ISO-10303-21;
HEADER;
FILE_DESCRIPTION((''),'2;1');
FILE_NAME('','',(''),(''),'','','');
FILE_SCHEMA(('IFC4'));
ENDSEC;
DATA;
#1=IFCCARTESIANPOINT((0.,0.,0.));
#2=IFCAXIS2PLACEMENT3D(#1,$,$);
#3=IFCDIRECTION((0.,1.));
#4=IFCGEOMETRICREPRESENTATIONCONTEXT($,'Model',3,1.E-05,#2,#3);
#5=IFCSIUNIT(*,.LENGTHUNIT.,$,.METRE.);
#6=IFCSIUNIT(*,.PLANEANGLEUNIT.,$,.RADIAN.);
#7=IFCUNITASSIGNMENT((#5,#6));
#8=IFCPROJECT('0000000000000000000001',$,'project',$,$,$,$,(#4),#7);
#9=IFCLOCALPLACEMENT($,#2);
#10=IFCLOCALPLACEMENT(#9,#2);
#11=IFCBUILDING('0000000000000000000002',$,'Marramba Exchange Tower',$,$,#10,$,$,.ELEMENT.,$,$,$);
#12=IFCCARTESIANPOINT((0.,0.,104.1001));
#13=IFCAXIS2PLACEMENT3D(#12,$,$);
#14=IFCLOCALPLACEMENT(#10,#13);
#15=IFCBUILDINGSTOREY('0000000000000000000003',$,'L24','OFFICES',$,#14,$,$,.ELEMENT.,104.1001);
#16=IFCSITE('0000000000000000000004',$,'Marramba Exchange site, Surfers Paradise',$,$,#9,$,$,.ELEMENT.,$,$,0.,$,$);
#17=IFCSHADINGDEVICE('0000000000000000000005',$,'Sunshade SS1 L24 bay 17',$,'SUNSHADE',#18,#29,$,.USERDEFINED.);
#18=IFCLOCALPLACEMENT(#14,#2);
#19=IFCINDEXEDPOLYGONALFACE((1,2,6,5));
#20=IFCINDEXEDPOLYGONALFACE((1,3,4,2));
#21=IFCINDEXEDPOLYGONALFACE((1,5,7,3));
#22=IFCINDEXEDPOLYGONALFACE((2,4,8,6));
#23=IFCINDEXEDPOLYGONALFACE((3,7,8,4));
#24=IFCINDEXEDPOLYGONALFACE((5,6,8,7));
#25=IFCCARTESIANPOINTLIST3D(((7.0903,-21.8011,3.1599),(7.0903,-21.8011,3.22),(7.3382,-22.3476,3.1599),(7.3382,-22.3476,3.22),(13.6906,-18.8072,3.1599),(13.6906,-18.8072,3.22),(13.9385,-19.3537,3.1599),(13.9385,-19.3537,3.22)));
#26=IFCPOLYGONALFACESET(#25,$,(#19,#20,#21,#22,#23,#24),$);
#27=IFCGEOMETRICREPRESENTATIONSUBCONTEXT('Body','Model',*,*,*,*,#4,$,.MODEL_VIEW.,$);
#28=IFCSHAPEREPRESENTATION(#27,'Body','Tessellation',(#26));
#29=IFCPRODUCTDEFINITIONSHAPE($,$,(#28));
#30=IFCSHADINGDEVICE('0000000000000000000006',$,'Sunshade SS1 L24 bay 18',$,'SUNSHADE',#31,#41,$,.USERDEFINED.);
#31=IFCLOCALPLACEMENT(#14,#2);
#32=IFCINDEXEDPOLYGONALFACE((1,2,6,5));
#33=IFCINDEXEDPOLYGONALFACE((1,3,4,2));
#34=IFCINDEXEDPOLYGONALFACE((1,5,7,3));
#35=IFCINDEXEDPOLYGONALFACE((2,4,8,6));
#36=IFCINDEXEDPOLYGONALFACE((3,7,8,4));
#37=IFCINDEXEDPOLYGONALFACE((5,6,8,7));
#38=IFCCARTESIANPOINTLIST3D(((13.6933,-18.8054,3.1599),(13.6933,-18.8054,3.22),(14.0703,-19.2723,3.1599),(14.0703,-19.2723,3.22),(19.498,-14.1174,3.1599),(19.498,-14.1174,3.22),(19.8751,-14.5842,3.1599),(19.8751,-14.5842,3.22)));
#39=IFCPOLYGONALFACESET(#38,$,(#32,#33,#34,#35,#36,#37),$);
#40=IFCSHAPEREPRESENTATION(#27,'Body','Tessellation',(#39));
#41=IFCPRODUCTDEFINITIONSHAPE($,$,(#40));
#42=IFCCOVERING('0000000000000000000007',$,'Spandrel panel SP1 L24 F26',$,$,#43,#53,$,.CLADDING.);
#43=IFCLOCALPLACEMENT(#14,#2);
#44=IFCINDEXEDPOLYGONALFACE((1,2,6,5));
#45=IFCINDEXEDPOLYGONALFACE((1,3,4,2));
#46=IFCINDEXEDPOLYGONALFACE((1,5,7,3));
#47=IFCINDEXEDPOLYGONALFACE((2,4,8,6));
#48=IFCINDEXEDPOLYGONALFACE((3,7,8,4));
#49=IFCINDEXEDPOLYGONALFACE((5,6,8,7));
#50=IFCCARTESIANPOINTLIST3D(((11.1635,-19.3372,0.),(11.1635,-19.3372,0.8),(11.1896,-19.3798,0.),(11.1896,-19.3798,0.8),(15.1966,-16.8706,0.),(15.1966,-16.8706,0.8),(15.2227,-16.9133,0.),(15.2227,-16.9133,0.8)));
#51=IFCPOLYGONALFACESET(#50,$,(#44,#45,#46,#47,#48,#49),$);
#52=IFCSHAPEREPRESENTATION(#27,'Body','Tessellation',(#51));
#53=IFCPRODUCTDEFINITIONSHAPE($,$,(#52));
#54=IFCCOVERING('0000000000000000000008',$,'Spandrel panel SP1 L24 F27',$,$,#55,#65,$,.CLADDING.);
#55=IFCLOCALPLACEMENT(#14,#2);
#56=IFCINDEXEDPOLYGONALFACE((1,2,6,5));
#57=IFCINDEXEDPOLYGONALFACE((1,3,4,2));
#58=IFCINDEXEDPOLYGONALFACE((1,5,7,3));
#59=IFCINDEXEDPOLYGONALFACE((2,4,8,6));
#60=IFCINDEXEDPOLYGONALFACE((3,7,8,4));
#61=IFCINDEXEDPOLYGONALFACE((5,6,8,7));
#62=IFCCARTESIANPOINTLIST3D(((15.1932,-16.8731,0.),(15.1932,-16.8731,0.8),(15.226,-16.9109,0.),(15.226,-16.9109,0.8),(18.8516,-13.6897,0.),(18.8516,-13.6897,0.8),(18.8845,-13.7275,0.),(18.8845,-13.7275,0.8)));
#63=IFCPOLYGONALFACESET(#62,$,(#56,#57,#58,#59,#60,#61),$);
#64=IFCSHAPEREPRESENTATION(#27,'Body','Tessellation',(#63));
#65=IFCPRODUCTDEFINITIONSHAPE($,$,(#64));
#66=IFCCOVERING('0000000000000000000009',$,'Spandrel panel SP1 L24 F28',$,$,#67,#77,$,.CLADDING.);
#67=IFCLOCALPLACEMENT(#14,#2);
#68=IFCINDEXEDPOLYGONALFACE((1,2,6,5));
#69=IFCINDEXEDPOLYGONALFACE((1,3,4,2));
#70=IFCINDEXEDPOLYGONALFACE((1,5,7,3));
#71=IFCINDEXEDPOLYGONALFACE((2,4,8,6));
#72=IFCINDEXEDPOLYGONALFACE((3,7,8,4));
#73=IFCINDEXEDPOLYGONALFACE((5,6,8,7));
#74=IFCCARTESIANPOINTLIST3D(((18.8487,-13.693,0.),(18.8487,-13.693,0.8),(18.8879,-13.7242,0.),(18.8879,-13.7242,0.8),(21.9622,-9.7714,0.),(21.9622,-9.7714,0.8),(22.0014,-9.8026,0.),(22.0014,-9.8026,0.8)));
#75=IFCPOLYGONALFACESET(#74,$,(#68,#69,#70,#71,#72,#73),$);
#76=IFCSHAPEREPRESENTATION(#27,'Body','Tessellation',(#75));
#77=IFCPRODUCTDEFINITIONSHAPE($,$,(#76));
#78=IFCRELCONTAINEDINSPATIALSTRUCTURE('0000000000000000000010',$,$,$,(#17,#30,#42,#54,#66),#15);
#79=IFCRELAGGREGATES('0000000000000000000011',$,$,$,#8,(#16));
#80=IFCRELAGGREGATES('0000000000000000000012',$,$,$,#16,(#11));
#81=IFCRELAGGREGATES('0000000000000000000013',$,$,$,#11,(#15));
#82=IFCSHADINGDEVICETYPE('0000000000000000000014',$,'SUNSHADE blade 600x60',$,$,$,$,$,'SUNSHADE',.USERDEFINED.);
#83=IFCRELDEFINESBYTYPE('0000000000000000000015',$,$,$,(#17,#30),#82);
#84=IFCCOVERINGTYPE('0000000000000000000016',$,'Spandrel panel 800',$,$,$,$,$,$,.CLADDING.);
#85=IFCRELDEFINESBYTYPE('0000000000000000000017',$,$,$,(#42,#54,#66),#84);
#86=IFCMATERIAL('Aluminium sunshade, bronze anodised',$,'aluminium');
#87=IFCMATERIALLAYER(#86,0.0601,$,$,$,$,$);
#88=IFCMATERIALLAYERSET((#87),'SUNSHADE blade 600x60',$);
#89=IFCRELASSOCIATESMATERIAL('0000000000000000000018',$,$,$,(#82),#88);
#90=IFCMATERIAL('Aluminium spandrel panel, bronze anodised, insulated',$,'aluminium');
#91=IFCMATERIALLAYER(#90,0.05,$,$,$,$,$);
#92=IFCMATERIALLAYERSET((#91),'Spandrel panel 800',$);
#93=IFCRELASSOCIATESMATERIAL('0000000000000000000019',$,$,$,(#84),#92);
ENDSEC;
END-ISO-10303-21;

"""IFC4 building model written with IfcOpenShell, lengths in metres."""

from ifc_helpers import new_model, si_unit, direction, frame, origin, origin_2d, place, context, subcontext, project, spatial, rectangle, extrude, material, layer, layer_set, type_object, element, save


model = new_model("IFC4")

# Units and contexts
model_context = context("Model", 3, precision=1e-05, world=origin(), true_north=direction((0.0, 1.0)))
body_context = subcontext(model_context, "Body", "Model", "MODEL_VIEW")
ifc_project = project(units=[si_unit("LENGTHUNIT", "METRE"), si_unit("PLANEANGLEUNIT", "RADIAN")], contexts=[model_context])

# Site, building, storey
site_placement = place(None, origin())
site = spatial("IfcSite", under=ifc_project, at=site_placement, Name="Marramba Exchange site, Surfers Paradise", CompositionType="ELEMENT", RefElevation=0.0)
building_placement = place(site_placement, origin())
building = spatial("IfcBuilding", under=site, at=building_placement, Name="Marramba Exchange Tower", CompositionType="ELEMENT")
storey_placement = place(building_placement, frame((0.0, 0.0, 104.1001)))
storey = spatial("IfcBuildingStorey", under=building, at=storey_placement, Name="L24", Description="OFFICES", CompositionType="ELEMENT", Elevation=104.1001)

# Shading devices
ifc_material_1 = material(Name="Aluminium sunshade, bronze anodised", Category="aluminium")
ifc_layer_1 = layer(ifc_material_1, 0.0601)
ifc_layer_set_1 = layer_set([ifc_layer_1], Name="SUNSHADE blade 600x60")
shading_device_type_1 = type_object("IfcShadingDeviceType", Name="SUNSHADE blade 600x60", ElementType="SUNSHADE", PredefinedType="USERDEFINED", material=ifc_layer_set_1)
shading_device_1_placement = place(storey_placement, frame((10.5144, -20.5774, 3.1599), z_axis=(0.0, 0.0, 1.0), x_axis=(0.910692, 0.413086, 0.0)))
element("IfcShadingDevice", 1, at=shading_device_1_placement, inside=storey, type_object=shading_device_type_1, Name="Sunshade SS1 L24 bay 17", ObjectType="SUNSHADE", PredefinedType="USERDEFINED", context=body_context, shape_type="SweptSolid", body=[
    extrude(rectangle(XDim=7.2476, YDim=0.6001, at=origin_2d()), origin(), (0.0, 0.0, 1.0), 0.0601),
])
shading_device_2_placement = place(storey_placement, frame((16.7842, -16.6948, 3.1599), z_axis=(0.0, 0.0, 1.0), x_axis=(0.777962, 0.628311, 0.0)))
element("IfcShadingDevice", 2, at=shading_device_2_placement, inside=storey, type_object=shading_device_type_1, Name="Sunshade SS1 L24 bay 18", ObjectType="SUNSHADE", PredefinedType="USERDEFINED", context=body_context, shape_type="SweptSolid", body=[
    extrude(rectangle(XDim=7.4614, YDim=0.6001, at=origin_2d()), origin(), (0.0, 0.0, 1.0), 0.0601),
])

# Coverings
ifc_material_2 = material(Name="Aluminium spandrel panel, bronze anodised, insulated", Category="aluminium")
ifc_layer_2 = layer(ifc_material_2, 0.05)
ifc_layer_set_2 = layer_set([ifc_layer_2], Name="Spandrel panel 800")
covering_type = type_object("IfcCoveringType", Name="Spandrel panel 800", PredefinedType="CLADDING", material=ifc_layer_set_2)
covering_1_placement = place(storey_placement, frame((13.1931, -18.1252, 0.0), z_axis=(0.0, 0.0, 1.0), x_axis=(0.853109, 0.521733, 0.0)))
element("IfcCovering", 3, at=covering_1_placement, inside=storey, type_object=covering_type, Name="Spandrel panel SP1 L24 F26", PredefinedType="CLADDING", context=body_context, shape_type="SweptSolid", body=[
    extrude(rectangle(XDim=4.7275, YDim=0.05, at=origin_2d()), origin(), (0.0, 0.0, 1.0), 0.8),
])
covering_2_placement = place(storey_placement, frame((17.0388, -15.3003, 0.0), z_axis=(0.0, 0.0, 1.0), x_axis=(0.754386, 0.656432, 0.0)))
element("IfcCovering", 4, at=covering_2_placement, inside=storey, type_object=covering_type, Name="Spandrel panel SP1 L24 F27", PredefinedType="CLADDING", context=body_context, shape_type="SweptSolid", body=[
    extrude(rectangle(XDim=4.8496, YDim=0.05, at=origin_2d()), origin(), (0.0, 0.0, 1.0), 0.8),
])
covering_3_placement = place(storey_placement, frame((20.425, -11.7478, 0.0), z_axis=(0.0, 0.0, 1.0), x_axis=(0.621807, 0.78317, 0.0)))
element("IfcCovering", 5, at=covering_3_placement, inside=storey, type_object=covering_type, Name="Spandrel panel SP1 L24 F28", PredefinedType="CLADDING", context=body_context, shape_type="SweptSolid", body=[
    extrude(rectangle(XDim=5.0073, YDim=0.05, at=origin_2d()), origin(), (0.0, 0.0, 1.0), 0.8),
])

save(model, "model.ifc")
